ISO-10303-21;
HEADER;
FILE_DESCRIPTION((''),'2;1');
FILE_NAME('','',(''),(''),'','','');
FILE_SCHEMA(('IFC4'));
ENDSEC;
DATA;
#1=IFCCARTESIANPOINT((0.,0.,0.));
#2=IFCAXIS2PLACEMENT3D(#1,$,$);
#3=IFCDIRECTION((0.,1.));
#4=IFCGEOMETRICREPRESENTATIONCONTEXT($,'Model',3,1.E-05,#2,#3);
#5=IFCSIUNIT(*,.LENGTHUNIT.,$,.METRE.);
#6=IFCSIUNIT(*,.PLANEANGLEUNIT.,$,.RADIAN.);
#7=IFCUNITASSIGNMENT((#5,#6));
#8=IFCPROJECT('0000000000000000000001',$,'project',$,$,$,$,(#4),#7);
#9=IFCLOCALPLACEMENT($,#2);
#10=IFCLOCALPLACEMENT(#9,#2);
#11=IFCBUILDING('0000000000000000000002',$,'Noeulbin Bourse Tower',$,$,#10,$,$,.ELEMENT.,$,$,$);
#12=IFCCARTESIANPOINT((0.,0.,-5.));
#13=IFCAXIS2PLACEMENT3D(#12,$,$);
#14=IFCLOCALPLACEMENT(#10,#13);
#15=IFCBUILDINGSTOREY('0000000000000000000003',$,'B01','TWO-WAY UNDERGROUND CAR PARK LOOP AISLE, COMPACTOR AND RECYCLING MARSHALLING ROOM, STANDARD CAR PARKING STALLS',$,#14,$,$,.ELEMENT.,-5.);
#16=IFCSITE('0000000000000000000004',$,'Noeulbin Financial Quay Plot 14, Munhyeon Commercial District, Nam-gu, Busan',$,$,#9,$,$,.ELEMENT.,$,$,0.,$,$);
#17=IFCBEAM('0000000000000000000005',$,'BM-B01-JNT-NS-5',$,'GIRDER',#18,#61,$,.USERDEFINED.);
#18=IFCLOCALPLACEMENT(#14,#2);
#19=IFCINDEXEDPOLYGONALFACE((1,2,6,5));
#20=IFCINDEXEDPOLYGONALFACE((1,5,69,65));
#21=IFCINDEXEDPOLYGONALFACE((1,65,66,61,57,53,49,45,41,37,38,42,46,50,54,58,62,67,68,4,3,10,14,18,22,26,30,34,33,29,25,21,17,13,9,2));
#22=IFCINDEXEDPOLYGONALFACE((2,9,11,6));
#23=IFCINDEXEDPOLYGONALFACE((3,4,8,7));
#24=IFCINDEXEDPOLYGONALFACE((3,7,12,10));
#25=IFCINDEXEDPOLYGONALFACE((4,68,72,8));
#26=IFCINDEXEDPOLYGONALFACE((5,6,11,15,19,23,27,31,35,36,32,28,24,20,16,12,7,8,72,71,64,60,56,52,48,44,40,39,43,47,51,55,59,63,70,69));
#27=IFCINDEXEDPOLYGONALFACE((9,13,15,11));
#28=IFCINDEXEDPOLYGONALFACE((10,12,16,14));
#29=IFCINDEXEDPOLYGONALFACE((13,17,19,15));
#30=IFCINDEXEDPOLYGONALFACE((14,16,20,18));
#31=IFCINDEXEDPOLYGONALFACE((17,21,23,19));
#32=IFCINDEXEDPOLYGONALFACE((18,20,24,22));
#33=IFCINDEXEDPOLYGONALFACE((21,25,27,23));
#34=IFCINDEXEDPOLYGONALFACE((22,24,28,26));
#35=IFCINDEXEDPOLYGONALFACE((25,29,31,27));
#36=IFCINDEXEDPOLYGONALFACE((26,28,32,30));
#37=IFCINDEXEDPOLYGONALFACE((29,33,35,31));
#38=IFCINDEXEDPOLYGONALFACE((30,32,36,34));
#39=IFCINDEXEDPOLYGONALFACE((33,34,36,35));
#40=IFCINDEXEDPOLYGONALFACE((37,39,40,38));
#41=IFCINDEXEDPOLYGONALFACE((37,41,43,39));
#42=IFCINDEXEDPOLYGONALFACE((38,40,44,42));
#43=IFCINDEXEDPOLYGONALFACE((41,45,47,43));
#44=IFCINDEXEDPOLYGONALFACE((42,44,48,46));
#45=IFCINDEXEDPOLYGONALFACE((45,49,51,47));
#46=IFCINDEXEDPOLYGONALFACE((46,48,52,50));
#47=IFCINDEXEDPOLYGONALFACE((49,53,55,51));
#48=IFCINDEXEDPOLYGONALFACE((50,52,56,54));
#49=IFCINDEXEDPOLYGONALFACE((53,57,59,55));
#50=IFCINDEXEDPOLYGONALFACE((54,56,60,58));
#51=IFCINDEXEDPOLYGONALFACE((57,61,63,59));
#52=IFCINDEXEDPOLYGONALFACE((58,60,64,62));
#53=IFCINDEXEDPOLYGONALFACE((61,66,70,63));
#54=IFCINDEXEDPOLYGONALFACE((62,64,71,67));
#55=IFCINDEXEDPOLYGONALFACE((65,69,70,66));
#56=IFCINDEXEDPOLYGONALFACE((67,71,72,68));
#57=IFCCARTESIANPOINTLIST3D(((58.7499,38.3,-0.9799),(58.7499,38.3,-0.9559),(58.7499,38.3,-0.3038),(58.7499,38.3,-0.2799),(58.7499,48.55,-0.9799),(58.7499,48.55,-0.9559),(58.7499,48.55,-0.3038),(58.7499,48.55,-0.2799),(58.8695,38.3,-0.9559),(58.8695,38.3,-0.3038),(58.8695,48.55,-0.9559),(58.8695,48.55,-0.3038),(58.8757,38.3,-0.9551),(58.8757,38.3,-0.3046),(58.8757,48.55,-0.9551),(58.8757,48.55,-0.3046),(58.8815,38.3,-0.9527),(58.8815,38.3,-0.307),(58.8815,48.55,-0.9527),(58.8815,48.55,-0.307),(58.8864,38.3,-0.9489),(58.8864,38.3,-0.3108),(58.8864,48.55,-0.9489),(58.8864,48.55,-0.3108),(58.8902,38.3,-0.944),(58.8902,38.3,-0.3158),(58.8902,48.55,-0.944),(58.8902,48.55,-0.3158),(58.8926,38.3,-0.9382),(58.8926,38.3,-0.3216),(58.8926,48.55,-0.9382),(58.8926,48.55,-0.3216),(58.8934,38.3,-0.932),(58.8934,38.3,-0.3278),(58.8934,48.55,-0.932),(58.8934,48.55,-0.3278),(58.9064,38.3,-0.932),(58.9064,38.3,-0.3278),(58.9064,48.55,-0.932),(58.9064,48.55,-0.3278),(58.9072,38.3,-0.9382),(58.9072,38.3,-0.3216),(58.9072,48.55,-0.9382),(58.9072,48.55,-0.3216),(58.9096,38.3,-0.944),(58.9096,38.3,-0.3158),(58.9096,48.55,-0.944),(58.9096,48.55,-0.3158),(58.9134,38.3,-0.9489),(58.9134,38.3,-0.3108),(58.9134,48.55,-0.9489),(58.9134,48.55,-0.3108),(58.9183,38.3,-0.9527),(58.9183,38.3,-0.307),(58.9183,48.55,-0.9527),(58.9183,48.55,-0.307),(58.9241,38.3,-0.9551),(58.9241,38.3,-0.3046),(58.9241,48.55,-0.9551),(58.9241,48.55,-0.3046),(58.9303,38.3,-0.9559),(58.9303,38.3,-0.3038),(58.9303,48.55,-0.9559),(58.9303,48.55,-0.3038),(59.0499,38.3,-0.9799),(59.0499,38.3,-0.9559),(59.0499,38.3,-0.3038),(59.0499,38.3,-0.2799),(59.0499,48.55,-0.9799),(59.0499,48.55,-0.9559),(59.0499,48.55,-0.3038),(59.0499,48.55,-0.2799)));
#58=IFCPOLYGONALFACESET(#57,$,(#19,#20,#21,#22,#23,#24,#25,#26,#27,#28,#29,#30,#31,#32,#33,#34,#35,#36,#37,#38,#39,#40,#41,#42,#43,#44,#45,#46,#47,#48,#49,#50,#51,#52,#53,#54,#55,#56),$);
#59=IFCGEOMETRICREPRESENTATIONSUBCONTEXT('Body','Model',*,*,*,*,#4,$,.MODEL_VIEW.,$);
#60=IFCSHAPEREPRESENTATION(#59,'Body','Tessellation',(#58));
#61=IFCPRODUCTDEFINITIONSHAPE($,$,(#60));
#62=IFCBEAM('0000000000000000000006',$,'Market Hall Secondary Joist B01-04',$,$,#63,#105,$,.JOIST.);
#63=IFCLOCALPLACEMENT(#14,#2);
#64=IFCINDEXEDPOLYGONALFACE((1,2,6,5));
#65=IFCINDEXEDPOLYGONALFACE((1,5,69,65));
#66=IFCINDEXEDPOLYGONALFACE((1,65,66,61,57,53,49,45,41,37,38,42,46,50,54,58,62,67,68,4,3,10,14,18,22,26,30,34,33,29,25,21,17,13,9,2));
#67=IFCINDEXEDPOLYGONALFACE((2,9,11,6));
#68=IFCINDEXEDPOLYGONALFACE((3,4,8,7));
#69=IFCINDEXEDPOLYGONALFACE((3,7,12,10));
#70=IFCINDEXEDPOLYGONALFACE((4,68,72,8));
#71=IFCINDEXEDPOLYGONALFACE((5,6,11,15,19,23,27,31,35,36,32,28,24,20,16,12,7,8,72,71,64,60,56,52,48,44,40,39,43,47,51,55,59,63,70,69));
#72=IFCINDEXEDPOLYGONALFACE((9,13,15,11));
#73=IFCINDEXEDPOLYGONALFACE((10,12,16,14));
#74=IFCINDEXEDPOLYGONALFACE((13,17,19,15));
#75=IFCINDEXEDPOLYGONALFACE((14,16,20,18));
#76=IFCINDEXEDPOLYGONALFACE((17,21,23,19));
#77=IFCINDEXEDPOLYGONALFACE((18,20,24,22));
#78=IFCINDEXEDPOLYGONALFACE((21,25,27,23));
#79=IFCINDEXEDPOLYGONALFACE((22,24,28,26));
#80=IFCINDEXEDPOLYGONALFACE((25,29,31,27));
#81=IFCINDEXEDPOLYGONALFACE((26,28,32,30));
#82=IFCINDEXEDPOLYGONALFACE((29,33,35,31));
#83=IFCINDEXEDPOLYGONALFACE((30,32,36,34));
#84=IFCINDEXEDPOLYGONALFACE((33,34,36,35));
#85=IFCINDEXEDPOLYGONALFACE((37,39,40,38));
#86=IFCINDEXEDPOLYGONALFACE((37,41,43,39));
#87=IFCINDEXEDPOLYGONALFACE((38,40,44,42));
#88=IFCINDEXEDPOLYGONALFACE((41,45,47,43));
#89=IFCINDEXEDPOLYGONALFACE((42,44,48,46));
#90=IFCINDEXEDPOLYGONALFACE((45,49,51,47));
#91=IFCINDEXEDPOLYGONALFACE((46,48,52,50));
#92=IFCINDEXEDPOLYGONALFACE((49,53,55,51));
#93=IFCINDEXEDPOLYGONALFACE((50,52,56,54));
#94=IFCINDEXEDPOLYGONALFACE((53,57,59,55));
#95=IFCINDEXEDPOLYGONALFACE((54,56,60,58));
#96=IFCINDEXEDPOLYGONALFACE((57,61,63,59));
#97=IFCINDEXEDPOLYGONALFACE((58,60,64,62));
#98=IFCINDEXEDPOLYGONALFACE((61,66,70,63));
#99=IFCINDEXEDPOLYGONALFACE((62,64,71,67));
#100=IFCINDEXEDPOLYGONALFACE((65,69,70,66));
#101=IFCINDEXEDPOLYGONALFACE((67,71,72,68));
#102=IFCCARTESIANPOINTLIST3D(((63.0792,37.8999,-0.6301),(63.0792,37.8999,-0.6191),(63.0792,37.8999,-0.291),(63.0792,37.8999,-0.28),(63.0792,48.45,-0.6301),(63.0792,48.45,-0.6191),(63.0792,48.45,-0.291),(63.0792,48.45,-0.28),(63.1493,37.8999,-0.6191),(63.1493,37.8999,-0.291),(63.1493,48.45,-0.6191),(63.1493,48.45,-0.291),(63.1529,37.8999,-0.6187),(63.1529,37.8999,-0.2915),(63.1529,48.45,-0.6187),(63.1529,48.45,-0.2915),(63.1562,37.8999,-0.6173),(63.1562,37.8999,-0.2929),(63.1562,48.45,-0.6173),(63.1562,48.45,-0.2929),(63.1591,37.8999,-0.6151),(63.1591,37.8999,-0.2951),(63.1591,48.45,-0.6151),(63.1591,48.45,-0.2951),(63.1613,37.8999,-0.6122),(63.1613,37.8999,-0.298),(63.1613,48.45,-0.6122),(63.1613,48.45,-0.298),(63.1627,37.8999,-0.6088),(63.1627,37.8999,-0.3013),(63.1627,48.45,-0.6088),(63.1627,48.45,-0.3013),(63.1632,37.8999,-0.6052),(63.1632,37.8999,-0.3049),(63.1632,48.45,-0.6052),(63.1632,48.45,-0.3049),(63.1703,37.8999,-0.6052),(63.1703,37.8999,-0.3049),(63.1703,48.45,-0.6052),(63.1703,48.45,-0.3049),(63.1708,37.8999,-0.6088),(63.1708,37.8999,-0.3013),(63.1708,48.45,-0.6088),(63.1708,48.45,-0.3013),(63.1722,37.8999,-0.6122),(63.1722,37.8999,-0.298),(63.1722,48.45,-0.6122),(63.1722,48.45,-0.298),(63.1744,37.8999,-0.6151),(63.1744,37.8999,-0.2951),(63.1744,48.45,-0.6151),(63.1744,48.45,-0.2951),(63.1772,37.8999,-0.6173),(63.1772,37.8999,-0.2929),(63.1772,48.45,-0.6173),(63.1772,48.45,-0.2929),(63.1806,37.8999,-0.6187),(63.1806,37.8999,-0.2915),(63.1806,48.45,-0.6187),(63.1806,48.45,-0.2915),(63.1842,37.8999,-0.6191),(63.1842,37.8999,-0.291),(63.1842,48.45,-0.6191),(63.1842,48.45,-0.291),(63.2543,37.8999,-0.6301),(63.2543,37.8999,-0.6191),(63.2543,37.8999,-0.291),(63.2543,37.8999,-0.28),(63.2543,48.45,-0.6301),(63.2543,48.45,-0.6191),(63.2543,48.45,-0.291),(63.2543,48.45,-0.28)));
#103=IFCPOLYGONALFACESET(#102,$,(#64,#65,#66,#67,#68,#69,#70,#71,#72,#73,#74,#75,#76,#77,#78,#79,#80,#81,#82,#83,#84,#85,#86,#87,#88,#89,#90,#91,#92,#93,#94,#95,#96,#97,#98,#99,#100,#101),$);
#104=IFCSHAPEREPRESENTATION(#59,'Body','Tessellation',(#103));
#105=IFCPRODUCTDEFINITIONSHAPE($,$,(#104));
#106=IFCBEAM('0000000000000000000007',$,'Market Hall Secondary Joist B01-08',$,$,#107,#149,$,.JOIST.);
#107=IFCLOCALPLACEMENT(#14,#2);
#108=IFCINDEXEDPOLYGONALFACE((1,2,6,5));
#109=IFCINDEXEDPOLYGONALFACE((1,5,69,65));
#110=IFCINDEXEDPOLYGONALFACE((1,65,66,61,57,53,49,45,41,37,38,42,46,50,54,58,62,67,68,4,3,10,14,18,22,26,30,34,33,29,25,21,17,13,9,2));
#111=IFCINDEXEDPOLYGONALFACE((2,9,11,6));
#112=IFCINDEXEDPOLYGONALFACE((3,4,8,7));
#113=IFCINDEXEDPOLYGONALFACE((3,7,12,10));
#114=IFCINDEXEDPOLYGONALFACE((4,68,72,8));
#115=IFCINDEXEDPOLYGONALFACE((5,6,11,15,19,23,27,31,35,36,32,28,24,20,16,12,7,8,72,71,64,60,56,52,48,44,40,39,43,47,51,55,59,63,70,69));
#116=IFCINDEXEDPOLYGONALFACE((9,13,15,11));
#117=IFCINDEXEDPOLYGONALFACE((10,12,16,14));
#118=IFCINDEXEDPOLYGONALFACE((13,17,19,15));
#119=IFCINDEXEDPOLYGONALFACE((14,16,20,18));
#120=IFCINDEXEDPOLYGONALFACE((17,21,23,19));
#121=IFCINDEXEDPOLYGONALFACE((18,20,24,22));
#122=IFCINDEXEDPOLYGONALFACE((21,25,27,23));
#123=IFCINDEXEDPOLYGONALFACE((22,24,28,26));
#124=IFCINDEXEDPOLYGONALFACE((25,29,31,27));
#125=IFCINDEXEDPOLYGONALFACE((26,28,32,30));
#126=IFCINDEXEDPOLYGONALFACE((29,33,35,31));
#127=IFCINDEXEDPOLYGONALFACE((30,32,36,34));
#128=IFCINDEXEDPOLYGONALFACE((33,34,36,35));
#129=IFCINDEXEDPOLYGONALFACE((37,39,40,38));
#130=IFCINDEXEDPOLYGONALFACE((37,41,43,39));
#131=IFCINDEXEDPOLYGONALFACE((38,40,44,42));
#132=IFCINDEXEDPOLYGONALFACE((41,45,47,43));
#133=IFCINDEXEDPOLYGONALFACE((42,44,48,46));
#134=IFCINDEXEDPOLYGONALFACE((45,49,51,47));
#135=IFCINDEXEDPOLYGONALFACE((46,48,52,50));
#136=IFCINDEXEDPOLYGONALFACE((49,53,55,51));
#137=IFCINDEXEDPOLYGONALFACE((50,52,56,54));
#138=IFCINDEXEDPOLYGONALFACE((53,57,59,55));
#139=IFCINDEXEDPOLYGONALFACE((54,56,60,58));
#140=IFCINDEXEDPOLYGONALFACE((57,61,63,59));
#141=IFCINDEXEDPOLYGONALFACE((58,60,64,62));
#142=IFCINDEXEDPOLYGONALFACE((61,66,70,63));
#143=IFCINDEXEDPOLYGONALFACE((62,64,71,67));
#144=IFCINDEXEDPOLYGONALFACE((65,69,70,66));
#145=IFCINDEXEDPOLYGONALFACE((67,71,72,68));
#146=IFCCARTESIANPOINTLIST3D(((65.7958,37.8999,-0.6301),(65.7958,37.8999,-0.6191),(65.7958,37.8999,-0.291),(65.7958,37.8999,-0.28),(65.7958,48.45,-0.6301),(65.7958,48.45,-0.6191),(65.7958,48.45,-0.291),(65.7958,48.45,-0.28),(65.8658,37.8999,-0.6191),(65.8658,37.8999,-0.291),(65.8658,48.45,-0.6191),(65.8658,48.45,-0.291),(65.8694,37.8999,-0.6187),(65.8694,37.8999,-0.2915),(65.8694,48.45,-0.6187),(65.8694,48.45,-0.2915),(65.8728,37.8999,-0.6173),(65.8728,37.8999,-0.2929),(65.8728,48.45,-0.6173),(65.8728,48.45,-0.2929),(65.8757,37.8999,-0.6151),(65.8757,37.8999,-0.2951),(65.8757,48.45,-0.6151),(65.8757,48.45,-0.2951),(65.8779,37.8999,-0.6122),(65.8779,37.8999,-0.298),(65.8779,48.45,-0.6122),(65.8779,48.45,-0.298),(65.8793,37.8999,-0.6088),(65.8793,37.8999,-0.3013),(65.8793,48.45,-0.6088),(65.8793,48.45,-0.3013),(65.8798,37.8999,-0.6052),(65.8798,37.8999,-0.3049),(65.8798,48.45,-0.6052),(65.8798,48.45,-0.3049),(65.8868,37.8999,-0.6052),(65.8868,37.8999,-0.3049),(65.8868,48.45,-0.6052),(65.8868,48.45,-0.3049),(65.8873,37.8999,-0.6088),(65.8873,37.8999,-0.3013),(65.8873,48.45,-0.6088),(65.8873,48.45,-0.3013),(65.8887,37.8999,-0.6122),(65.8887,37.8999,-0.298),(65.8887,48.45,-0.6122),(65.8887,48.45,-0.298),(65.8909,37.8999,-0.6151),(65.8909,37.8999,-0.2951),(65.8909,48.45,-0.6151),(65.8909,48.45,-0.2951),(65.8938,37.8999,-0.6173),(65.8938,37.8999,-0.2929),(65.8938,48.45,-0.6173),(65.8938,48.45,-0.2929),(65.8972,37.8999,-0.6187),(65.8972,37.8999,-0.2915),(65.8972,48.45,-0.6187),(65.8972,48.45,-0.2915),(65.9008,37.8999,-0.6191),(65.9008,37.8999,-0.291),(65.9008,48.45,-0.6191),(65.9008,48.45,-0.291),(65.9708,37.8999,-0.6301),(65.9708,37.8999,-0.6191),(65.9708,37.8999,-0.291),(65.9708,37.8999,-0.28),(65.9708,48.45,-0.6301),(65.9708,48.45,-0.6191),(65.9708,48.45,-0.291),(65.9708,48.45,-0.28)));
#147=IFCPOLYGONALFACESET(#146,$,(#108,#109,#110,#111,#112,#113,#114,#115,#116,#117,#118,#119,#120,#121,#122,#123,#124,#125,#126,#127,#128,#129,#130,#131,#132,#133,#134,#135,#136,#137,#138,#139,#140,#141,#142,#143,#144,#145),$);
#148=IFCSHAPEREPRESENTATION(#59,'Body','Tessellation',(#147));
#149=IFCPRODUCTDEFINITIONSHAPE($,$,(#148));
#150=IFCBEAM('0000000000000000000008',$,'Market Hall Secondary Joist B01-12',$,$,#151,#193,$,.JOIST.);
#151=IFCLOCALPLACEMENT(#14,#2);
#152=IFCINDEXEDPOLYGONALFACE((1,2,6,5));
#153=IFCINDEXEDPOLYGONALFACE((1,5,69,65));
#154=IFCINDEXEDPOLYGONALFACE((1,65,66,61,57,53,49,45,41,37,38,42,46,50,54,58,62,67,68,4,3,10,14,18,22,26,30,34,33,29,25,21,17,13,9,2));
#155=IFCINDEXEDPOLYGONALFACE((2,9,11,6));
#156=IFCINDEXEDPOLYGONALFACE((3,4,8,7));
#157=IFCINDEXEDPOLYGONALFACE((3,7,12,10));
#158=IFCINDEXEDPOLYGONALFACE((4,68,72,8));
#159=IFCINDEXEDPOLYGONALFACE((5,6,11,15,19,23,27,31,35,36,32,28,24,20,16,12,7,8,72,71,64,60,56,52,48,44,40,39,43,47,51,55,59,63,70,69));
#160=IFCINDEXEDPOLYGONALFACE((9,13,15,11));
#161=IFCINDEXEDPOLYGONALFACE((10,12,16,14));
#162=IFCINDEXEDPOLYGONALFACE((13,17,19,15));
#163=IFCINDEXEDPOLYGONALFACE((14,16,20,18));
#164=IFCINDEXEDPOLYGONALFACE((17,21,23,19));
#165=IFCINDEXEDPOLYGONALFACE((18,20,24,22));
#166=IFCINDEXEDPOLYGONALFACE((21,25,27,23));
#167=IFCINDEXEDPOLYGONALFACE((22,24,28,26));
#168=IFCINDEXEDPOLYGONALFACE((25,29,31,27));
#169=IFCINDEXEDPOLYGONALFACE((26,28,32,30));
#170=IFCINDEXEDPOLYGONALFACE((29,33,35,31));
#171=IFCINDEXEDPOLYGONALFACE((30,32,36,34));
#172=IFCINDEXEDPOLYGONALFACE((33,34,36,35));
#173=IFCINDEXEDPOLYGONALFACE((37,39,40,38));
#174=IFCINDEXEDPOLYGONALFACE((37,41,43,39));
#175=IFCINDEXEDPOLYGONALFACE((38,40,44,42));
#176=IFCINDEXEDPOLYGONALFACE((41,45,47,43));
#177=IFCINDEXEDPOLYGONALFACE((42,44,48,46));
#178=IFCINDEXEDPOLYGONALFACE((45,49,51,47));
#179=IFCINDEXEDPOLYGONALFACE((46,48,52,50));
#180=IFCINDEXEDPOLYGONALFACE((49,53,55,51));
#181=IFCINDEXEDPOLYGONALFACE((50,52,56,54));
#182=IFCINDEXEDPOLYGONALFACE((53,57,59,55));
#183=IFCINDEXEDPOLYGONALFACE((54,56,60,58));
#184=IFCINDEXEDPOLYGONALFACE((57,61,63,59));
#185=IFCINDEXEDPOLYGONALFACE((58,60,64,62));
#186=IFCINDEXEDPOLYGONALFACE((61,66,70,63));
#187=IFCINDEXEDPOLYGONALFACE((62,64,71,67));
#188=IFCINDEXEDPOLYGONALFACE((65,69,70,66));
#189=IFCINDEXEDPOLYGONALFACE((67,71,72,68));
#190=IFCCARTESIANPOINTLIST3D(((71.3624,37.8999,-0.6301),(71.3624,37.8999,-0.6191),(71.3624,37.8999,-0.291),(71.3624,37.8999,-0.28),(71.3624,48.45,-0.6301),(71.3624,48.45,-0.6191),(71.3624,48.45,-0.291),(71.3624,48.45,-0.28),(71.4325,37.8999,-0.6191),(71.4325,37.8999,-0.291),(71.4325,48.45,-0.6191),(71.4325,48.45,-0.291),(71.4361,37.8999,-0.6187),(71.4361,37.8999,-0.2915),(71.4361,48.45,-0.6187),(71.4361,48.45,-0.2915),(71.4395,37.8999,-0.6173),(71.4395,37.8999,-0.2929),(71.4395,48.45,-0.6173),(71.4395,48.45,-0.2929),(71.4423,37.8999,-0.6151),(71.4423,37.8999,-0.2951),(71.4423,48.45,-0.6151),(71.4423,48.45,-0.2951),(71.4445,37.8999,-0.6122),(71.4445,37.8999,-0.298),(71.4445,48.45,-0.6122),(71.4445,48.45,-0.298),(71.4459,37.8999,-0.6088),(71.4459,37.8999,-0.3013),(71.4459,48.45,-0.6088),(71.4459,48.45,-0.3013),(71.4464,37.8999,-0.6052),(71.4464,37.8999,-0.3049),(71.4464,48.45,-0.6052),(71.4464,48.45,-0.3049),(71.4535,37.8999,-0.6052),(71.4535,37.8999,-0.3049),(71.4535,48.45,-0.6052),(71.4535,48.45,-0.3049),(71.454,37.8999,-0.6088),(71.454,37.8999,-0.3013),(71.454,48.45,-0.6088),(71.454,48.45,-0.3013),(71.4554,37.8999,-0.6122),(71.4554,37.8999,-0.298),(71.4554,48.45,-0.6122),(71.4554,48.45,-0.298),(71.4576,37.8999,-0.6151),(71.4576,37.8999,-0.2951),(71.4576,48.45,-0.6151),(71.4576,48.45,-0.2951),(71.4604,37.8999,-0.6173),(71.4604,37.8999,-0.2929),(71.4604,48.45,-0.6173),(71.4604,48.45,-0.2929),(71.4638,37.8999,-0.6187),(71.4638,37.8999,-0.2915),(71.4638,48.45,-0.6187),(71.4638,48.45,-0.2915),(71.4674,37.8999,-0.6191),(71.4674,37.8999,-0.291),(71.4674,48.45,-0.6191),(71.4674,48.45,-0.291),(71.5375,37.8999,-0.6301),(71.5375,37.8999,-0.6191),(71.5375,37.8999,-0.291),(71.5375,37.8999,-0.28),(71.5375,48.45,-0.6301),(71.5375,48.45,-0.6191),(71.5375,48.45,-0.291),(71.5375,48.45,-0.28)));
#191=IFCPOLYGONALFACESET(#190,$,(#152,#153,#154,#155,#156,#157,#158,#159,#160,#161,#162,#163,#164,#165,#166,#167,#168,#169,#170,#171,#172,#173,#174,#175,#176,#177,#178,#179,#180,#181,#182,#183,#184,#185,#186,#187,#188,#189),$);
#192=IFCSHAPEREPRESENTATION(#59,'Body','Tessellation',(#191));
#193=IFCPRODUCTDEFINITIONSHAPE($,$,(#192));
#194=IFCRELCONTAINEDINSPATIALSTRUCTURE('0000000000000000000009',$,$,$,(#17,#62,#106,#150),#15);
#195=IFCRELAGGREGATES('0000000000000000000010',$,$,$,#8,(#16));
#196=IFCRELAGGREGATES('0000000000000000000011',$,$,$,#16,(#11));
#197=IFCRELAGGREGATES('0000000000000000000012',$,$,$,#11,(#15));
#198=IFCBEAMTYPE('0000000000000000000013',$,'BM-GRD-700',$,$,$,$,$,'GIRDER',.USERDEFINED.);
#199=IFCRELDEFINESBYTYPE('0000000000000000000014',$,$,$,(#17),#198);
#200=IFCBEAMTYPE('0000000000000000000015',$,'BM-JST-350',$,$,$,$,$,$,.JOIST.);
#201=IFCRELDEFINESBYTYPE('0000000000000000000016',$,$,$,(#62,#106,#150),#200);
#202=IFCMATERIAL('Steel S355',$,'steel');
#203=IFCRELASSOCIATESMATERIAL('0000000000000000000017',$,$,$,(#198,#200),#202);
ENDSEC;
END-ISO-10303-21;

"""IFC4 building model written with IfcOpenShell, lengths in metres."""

from ifc_helpers import new_model, si_unit, direction, frame, origin, origin_2d, place, context, subcontext, project, spatial, i_section, extrude, material, material_profile, profile_set, type_object, element, save


model = new_model("IFC4")

# Units and contexts
model_context = context("Model", 3, precision=1e-05, world=origin(), true_north=direction((0.0, 1.0)))
body_context = subcontext(model_context, "Body", "Model", "MODEL_VIEW")
ifc_project = project(units=[si_unit("LENGTHUNIT", "METRE"), si_unit("PLANEANGLEUNIT", "RADIAN")], contexts=[model_context])

# Site, building, storey
site_placement = place(None, origin())
site = spatial("IfcSite", under=ifc_project, at=site_placement, Name="Noeulbin Financial Quay Plot 14, Munhyeon Commercial District, Nam-gu, Busan", CompositionType="ELEMENT", RefElevation=0.0)
building_placement = place(site_placement, origin())
building = spatial("IfcBuilding", under=site, at=building_placement, Name="Noeulbin Bourse Tower", CompositionType="ELEMENT")
storey_placement = place(building_placement, frame((0.0, 0.0, -5.0)))
storey = spatial("IfcBuildingStorey", under=building, at=storey_placement, Name="B01", Description="TWO-WAY UNDERGROUND CAR PARK LOOP AISLE, COMPACTOR AND RECYCLING MARSHALLING ROOM, STANDARD CAR PARKING STALLS", CompositionType="ELEMENT", Elevation=-5.0)

# Beams
ifc_material_1 = material(Name="Steel S355", Category="steel")
ifc_material_profile_1 = material_profile(ifc_material_1, i_section(OverallWidth=0.3, OverallDepth=0.7, WebThickness=0.0129, FlangeThickness=0.0239, FilletRadius=0.0239, at=origin_2d()), Name="H-700x300x13x24", Category="LoadBearing")
ifc_profile_set_1 = profile_set([ifc_material_profile_1], Name="Steel S355")
beam_type_1 = type_object("IfcBeamType", Name="BM-GRD-700", ElementType="GIRDER", PredefinedType="USERDEFINED", material=ifc_profile_set_1)
beam_1_placement = place(storey_placement, frame((58.8999, 38.3, -0.6299), z_axis=(0.0, 1.0, 0.0), x_axis=(-1.0, 0.0, 0.0)))
element("IfcBeam", 1, at=beam_1_placement, inside=storey, type_object=beam_type_1, Name="BM-B01-JNT-NS-5", ObjectType="GIRDER", PredefinedType="USERDEFINED", context=body_context, shape_type="SweptSolid", body=[
    extrude(i_section(OverallWidth=0.3, OverallDepth=0.7, WebThickness=0.0129, FlangeThickness=0.0239, FilletRadius=0.0239, at=origin_2d()), origin(), (0.0, 0.0, 1.0), 10.25),
])
ifc_material_profile_2 = material_profile(ifc_material_1, i_section(OverallWidth=0.175, OverallDepth=0.3501, WebThickness=0.0071, FlangeThickness=0.011, FilletRadius=0.0139, at=origin_2d()), Name="H-350x175x7x11", Category="LoadBearing")
ifc_profile_set_2 = profile_set([ifc_material_profile_2], Name="Steel S355")
beam_type_2 = type_object("IfcBeamType", Name="BM-JST-350", PredefinedType="JOIST", material=ifc_profile_set_2)
for number, where, z_axis, x_axis, name in (
    (2, (63.1667, 37.8999, -0.4551), (0.0, 1.0, 0.0), (-1.0, 0.0, 0.0), "Market Hall Secondary Joist B01-04"),
    (3, (65.8833, 37.8999, -0.4551), (0.0, 1.0, 0.0), (-1.0, 0.0, 0.0), "Market Hall Secondary Joist B01-08"),
    (4, (71.45, 37.8999, -0.4551), (0.0, 1.0, 0.0), (-1.0, 0.0, 0.0), "Market Hall Secondary Joist B01-12"),
):
    element("IfcBeam", number, at=place(storey_placement, frame(where, z_axis=z_axis, x_axis=x_axis)), inside=storey, type_object=beam_type_2, Name=name, PredefinedType="JOIST", context=body_context, shape_type="SweptSolid", body=[
        extrude(i_section(OverallWidth=0.175, OverallDepth=0.3501, WebThickness=0.0071, FlangeThickness=0.011, FilletRadius=0.0139, at=origin_2d()), origin(), (0.0, 0.0, 1.0), 10.55),
    ])

save(model, "model.ifc")
